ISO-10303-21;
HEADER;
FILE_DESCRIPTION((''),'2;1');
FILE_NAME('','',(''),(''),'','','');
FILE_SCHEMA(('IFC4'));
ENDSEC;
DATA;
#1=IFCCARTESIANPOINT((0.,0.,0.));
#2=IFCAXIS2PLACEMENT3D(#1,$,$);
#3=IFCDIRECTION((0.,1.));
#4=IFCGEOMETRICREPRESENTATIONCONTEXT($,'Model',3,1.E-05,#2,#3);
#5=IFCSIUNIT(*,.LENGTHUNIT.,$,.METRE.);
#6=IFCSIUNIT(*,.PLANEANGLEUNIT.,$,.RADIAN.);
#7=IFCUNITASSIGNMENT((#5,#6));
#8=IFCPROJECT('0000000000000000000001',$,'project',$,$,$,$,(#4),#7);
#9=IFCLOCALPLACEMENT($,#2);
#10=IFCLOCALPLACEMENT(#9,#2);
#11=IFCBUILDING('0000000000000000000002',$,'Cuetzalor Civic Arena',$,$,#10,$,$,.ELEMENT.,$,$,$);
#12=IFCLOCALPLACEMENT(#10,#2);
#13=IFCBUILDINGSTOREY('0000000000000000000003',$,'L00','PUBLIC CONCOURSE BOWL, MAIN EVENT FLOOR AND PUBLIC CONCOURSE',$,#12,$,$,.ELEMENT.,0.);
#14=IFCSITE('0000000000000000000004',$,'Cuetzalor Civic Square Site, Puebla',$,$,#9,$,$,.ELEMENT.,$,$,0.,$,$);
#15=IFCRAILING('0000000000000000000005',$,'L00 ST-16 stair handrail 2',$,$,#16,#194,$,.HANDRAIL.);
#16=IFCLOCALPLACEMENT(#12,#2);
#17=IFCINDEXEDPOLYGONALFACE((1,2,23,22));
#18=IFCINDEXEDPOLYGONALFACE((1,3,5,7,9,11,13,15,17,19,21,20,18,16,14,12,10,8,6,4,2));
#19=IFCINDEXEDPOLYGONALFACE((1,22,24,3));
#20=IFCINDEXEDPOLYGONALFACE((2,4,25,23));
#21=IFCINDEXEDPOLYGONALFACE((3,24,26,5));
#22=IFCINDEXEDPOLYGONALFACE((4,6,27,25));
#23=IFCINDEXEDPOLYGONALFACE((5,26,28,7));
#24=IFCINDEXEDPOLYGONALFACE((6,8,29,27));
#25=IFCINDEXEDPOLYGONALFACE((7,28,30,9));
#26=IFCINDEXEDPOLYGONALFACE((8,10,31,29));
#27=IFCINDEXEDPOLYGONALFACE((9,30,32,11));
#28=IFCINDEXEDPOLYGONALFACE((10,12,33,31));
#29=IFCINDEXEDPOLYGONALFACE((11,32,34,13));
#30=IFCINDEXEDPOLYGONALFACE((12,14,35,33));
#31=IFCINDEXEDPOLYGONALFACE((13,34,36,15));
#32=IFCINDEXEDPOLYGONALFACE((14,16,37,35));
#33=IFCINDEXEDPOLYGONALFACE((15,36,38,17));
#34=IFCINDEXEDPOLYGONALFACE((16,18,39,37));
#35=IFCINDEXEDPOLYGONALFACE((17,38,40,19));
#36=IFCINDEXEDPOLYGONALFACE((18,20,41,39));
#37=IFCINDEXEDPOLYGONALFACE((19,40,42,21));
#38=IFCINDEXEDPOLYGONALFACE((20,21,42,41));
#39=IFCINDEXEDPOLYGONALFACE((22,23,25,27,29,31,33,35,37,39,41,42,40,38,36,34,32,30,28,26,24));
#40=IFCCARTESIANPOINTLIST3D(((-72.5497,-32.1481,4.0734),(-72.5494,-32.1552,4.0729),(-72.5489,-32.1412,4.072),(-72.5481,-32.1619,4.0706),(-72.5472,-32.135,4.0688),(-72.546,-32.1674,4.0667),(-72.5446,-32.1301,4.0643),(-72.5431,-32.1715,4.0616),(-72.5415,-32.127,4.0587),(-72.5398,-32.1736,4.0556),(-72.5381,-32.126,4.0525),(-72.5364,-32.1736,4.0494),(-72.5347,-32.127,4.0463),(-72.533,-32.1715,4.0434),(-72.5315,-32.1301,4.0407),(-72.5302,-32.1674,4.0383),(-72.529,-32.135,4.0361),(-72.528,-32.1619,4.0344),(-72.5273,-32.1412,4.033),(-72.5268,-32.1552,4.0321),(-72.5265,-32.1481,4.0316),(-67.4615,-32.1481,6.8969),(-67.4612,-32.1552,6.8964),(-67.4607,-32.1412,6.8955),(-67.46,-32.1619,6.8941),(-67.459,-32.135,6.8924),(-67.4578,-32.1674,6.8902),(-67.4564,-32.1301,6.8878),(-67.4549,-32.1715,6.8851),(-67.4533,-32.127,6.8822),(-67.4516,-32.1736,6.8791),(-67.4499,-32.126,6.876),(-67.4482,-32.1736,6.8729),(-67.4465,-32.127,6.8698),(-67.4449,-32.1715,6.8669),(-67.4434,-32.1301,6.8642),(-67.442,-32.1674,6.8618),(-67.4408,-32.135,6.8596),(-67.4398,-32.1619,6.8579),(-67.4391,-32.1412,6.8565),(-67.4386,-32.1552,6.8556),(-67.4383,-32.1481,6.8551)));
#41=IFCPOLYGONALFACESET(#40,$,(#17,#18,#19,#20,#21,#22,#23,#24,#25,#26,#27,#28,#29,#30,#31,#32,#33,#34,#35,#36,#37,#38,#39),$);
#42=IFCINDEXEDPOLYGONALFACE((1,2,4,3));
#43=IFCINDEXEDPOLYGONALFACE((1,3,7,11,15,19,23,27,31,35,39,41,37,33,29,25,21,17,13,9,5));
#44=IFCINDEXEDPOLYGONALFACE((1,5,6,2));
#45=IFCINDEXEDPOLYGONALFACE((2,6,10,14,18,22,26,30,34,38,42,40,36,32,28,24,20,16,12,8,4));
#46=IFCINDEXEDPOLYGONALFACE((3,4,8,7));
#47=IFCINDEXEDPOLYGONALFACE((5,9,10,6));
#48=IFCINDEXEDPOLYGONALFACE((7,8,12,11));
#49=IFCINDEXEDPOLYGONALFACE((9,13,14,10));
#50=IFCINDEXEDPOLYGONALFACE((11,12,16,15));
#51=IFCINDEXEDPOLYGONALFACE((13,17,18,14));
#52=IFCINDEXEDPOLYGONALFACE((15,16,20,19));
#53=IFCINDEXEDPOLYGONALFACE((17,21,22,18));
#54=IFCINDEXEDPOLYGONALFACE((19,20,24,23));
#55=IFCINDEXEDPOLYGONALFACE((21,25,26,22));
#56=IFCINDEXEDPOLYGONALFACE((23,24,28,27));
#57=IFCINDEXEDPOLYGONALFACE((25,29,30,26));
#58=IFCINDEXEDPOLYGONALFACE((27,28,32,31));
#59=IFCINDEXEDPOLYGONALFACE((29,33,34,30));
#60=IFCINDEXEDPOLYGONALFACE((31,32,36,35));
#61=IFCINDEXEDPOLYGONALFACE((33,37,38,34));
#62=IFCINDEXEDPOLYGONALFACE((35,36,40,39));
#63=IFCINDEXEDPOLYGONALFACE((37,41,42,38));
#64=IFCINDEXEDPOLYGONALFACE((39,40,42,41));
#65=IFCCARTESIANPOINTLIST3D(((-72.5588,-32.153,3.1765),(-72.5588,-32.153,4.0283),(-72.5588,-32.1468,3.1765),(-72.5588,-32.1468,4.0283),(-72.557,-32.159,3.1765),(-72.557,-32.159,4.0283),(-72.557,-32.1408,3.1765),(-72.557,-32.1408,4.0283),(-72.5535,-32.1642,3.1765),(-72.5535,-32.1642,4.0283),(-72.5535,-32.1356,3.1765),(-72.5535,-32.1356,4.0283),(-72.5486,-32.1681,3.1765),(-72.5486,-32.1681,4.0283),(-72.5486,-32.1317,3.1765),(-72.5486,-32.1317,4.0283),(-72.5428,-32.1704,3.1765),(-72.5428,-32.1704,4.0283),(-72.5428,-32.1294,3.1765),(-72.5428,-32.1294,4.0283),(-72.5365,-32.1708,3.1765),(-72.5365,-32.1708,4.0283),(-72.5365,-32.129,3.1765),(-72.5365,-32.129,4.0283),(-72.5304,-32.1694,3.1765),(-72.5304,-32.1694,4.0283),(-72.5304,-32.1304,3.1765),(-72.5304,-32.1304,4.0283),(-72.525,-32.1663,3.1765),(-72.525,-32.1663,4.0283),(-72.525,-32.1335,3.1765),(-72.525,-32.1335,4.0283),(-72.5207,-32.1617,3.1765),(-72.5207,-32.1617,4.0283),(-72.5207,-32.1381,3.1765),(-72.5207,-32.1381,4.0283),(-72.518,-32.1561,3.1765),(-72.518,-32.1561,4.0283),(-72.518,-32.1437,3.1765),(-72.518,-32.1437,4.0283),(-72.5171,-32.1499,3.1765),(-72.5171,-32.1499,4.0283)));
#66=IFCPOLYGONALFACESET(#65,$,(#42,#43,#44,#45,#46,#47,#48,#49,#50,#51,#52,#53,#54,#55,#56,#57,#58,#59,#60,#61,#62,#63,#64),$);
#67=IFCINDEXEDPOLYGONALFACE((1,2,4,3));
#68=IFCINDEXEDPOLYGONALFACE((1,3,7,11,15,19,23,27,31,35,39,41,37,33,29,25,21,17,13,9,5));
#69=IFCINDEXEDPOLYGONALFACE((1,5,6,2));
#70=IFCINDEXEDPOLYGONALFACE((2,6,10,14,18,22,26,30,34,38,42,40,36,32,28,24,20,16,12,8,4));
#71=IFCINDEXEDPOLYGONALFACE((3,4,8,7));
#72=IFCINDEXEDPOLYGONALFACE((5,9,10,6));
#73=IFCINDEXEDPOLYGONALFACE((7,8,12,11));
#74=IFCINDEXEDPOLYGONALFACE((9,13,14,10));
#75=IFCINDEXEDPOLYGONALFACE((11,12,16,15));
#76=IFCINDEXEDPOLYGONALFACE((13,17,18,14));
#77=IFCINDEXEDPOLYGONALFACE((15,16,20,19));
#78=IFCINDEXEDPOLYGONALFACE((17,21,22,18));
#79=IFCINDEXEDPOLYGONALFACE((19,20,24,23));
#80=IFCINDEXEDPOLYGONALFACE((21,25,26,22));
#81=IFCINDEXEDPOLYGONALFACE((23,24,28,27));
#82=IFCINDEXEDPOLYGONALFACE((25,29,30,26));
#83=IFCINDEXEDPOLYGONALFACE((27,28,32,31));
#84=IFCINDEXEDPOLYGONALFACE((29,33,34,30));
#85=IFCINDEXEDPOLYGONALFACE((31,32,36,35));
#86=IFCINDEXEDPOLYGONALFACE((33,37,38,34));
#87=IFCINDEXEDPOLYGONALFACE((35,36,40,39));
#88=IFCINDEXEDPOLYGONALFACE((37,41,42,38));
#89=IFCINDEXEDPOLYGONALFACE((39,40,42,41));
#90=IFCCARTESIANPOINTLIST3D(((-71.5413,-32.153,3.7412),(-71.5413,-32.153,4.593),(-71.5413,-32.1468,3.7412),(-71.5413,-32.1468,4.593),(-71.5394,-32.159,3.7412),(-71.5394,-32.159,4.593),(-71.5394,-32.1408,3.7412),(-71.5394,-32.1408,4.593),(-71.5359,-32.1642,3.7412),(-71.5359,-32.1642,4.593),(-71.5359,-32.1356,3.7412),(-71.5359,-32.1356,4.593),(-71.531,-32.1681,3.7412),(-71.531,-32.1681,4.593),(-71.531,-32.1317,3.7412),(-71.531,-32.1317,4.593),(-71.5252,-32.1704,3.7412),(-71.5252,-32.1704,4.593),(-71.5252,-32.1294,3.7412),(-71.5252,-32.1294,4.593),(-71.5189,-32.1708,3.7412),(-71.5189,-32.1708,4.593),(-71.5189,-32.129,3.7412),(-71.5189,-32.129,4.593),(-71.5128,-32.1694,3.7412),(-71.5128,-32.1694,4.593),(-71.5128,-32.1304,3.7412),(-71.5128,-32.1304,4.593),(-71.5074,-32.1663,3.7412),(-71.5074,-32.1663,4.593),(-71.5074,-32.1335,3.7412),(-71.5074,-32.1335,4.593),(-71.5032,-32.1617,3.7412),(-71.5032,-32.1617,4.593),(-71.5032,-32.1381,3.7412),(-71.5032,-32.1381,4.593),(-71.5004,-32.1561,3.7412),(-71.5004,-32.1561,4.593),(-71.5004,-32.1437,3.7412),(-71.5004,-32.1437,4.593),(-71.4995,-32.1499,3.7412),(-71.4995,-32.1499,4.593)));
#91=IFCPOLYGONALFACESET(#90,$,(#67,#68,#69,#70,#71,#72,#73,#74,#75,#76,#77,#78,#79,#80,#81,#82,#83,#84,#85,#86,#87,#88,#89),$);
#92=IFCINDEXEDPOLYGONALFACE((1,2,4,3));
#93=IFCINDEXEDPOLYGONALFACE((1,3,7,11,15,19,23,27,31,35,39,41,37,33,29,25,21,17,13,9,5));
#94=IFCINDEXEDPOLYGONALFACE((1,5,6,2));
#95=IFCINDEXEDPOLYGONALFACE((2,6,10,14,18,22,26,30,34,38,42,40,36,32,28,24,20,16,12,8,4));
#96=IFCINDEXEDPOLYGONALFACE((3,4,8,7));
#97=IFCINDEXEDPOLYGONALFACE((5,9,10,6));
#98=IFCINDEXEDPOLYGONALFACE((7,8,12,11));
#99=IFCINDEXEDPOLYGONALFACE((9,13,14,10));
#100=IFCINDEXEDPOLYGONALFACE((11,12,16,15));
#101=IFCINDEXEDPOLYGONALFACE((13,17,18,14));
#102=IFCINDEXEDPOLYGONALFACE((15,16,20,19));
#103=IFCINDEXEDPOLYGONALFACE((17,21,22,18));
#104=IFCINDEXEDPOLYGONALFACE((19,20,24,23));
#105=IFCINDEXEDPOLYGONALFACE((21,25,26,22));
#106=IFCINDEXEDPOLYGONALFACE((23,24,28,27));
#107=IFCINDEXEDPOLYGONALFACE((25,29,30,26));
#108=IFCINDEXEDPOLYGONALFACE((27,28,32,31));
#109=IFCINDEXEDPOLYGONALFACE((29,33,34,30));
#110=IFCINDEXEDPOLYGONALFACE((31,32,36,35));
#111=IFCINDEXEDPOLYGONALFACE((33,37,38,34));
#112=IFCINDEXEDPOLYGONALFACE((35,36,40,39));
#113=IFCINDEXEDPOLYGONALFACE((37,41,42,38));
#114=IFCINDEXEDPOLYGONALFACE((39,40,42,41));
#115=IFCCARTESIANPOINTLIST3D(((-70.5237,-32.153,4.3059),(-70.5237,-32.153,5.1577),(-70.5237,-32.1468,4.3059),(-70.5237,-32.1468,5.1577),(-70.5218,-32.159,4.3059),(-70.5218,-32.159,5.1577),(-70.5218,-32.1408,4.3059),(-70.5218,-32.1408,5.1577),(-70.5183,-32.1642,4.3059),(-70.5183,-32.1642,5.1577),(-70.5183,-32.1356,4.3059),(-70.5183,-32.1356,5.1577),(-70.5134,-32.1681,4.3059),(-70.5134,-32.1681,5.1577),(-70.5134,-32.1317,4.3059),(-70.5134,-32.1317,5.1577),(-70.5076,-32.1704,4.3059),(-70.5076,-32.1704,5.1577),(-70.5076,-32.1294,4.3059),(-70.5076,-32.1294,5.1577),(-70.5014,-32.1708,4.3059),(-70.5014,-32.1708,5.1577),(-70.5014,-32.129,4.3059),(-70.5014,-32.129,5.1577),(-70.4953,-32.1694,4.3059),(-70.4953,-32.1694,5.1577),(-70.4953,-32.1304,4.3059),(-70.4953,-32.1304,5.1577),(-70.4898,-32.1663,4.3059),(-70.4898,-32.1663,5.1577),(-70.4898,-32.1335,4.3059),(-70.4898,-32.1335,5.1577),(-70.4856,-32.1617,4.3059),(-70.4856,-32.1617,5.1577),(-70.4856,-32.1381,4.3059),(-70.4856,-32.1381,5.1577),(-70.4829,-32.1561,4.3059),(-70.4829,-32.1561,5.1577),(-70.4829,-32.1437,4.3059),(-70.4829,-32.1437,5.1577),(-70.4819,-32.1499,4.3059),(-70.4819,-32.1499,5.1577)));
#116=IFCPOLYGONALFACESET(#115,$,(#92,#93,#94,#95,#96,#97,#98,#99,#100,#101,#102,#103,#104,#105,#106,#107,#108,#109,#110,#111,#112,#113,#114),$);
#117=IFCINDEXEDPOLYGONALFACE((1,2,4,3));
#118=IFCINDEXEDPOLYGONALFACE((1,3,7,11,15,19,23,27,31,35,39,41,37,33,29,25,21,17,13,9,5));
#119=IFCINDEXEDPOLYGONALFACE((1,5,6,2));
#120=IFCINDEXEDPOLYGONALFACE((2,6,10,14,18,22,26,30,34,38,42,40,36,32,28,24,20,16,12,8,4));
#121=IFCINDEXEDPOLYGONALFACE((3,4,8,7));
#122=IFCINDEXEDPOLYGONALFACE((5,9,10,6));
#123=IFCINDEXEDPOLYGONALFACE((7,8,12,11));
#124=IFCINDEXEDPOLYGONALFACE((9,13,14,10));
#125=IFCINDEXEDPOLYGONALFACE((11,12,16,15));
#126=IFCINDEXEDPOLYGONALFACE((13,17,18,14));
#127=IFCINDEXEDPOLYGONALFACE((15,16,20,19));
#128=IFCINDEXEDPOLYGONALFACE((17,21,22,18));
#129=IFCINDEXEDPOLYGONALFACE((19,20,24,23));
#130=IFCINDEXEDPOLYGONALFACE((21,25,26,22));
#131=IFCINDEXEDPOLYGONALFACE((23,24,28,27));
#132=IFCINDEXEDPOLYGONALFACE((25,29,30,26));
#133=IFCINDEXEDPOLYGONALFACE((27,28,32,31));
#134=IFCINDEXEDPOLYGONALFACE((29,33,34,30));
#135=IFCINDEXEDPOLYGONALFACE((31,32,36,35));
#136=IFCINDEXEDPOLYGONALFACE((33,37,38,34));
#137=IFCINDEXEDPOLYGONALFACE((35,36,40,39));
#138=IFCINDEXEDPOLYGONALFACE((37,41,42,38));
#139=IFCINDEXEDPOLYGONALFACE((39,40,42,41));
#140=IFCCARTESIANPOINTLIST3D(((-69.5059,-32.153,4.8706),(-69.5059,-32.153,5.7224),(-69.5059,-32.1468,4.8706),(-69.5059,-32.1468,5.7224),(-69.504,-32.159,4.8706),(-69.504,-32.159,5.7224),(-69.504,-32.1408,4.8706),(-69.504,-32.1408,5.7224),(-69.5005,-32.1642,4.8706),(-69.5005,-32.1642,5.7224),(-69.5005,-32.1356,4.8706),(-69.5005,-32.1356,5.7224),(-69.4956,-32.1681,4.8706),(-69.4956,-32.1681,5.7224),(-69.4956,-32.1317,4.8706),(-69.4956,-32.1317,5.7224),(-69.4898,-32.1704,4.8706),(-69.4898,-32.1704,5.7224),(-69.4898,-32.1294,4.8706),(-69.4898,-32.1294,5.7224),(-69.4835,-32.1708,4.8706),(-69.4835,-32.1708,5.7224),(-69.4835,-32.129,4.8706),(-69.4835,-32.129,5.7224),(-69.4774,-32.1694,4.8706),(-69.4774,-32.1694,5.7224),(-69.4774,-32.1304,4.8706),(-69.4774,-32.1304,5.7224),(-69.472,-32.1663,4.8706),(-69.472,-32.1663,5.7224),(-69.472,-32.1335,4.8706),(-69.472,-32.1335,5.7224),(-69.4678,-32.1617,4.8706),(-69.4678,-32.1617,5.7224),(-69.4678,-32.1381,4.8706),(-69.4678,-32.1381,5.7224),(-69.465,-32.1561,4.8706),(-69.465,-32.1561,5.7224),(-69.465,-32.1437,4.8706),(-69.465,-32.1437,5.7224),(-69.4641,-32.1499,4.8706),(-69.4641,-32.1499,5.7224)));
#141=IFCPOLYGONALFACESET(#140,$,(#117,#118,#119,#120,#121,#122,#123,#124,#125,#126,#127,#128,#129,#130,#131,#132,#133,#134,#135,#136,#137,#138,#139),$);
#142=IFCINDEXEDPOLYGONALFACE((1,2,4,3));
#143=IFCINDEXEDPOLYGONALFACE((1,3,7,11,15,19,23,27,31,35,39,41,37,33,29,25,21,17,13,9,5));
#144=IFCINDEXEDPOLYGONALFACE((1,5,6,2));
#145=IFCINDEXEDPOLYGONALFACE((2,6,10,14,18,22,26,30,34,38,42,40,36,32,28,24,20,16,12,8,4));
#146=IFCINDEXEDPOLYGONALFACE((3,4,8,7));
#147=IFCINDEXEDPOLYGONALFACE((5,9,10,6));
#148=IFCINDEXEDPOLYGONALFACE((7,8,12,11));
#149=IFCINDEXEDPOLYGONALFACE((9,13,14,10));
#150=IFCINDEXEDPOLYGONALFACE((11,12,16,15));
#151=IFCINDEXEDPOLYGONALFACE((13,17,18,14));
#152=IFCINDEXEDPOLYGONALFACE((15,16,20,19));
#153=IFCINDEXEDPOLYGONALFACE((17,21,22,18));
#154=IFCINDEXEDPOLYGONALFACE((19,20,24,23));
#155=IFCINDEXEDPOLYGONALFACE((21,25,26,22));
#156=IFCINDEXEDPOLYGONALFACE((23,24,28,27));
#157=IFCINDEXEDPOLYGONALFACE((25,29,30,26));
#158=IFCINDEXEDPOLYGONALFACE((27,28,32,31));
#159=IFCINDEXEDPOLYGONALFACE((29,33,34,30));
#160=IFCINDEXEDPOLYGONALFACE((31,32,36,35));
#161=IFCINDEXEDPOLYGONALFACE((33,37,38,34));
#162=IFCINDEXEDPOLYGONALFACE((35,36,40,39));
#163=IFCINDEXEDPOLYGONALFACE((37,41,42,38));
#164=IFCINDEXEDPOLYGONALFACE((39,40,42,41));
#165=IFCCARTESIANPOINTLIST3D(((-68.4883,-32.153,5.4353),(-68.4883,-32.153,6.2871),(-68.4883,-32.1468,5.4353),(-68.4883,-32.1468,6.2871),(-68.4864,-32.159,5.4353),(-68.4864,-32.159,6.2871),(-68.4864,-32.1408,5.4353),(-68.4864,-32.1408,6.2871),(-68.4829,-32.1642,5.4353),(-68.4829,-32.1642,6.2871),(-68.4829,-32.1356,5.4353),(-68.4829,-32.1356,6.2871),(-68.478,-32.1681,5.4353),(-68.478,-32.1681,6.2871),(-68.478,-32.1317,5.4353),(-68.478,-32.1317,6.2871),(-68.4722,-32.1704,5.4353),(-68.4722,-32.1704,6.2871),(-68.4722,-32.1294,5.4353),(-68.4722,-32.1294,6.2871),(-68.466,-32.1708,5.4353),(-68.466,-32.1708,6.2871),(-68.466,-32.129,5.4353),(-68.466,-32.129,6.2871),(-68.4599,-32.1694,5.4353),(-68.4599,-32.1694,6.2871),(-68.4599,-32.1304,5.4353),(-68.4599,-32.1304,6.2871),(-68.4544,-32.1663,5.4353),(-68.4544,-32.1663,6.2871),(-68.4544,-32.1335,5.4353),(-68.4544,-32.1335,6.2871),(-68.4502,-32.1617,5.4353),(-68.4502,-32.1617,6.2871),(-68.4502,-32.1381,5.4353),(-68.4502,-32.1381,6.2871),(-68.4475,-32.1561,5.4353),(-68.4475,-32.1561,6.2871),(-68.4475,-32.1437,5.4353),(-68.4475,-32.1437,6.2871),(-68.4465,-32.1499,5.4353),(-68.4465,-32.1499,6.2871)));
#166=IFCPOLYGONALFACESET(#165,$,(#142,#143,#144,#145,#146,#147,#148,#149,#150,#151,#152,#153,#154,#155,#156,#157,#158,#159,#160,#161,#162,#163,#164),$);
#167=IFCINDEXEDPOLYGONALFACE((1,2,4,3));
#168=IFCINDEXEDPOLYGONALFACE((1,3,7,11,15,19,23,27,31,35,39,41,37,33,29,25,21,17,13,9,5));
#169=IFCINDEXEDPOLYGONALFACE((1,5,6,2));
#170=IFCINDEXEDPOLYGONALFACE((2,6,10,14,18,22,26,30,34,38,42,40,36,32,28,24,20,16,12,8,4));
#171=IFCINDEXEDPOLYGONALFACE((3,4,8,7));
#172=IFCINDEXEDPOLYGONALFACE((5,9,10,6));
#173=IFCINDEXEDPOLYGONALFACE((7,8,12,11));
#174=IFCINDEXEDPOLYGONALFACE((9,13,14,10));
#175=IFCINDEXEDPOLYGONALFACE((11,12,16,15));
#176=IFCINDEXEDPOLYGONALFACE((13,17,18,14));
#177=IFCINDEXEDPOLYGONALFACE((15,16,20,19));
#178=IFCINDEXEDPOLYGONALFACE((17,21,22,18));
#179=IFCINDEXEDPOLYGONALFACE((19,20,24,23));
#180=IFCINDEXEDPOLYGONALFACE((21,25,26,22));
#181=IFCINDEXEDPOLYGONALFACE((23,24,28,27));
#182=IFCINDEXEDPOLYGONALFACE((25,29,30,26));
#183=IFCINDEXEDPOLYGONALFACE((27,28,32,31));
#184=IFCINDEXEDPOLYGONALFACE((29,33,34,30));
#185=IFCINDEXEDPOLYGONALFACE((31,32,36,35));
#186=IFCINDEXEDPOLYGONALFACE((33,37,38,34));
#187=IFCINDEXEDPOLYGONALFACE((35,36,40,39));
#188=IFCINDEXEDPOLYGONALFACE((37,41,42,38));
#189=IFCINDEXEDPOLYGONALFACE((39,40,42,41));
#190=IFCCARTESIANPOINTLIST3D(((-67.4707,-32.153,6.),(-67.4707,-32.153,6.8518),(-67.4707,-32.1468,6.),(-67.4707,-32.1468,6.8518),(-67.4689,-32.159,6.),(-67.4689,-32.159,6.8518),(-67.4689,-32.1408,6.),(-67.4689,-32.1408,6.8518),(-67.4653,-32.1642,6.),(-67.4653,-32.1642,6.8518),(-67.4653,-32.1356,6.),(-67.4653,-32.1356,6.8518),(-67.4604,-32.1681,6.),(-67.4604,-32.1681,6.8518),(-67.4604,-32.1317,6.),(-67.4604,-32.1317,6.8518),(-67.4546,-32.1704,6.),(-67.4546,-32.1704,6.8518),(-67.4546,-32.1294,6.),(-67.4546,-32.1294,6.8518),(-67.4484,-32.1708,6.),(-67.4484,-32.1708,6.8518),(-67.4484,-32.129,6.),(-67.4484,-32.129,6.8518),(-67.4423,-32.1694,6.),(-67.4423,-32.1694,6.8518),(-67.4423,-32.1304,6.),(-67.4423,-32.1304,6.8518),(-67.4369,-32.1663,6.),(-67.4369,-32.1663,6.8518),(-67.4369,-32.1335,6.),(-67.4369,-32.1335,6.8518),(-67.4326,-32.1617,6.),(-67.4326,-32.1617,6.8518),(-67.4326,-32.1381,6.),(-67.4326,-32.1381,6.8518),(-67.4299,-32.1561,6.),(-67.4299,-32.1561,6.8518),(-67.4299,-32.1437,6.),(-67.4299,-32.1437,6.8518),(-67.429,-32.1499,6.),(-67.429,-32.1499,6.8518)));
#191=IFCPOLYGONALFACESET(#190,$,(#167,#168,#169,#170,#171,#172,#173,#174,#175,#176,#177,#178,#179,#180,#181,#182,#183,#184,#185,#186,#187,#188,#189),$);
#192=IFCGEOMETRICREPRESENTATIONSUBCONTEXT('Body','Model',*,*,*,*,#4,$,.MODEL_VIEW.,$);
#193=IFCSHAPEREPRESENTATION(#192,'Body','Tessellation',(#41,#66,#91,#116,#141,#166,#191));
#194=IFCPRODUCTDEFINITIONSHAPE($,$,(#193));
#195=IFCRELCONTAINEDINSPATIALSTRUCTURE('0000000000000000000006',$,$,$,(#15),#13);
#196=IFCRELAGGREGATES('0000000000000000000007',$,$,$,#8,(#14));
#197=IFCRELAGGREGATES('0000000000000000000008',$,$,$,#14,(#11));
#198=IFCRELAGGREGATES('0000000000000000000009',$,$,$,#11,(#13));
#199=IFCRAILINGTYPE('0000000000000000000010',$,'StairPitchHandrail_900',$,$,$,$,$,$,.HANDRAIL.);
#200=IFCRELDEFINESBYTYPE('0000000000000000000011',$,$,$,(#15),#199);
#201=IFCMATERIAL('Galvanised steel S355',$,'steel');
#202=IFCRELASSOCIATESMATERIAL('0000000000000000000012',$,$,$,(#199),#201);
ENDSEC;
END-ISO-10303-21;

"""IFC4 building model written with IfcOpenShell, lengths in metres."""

from ifc_helpers import new_model, si_unit, direction, frame, origin, origin_2d, place, context, subcontext, project, spatial, circle, extrude, material, type_object, element, save


model = new_model("IFC4")

# Units and contexts
model_context = context("Model", 3, precision=1e-05, world=origin(), true_north=direction((0.0, 1.0)))
body_context = subcontext(model_context, "Body", "Model", "MODEL_VIEW")
ifc_project = project(units=[si_unit("LENGTHUNIT", "METRE"), si_unit("PLANEANGLEUNIT", "RADIAN")], contexts=[model_context])

# Site, building, storey
site_placement = place(None, origin())
site = spatial("IfcSite", under=ifc_project, at=site_placement, Name="Cuetzalor Civic Square Site, Puebla", CompositionType="ELEMENT", RefElevation=0.0)
building_placement = place(site_placement, origin())
building = spatial("IfcBuilding", under=site, at=building_placement, Name="Cuetzalor Civic Arena", CompositionType="ELEMENT")
storey_placement = place(building_placement, origin())
storey = spatial("IfcBuildingStorey", under=building, at=storey_placement, Name="L00", Description="PUBLIC CONCOURSE BOWL, MAIN EVENT FLOOR AND PUBLIC CONCOURSE", CompositionType="ELEMENT", Elevation=0.0)

# Railing
ifc_material_1 = material(Name="Galvanised steel S355", Category="steel")
railing_type_1 = type_object("IfcRailingType", Name="StairPitchHandrail_900", PredefinedType="HANDRAIL", material=ifc_material_1)
railing_1_placement = place(storey_placement, frame((-72.5381, -32.1499, 3.1765)))
element("IfcRailing", 1, at=railing_1_placement, inside=storey, type_object=railing_type_1, Name="L00 ST-16 stair handrail 2", PredefinedType="HANDRAIL", context=body_context, shape_type="SweptSolid", body=[
    extrude(circle(Radius=0.0239, at=origin_2d()), frame((0.0, 0.0, 0.876), z_axis=(0.874395, 0.0, 0.485215), x_axis=(0.0, 1.0, 0.0)), (0.0, 0.0, 1.0), 5.8191),
    extrude(circle(Radius=0.021, at=origin_2d()), origin(), (0.0, 0.0, 1.0), 0.8518),
    extrude(circle(Radius=0.021, at=origin_2d()), frame((1.0176, 0.0, 0.5647)), (0.0, 0.0, 1.0), 0.8518),
    extrude(circle(Radius=0.021, at=origin_2d()), frame((2.0352, 0.0, 1.1294)), (0.0, 0.0, 1.0), 0.8518),
    extrude(circle(Radius=0.021, at=origin_2d()), frame((3.053, 0.0, 1.6941)), (0.0, 0.0, 1.0), 0.8518),
    extrude(circle(Radius=0.021, at=origin_2d()), frame((4.0706, 0.0, 2.2588)), (0.0, 0.0, 1.0), 0.8518),
    extrude(circle(Radius=0.021, at=origin_2d()), frame((5.0881, 0.0, 2.8235)), (0.0, 0.0, 1.0), 0.8518),
])

save(model, "model.ifc")
